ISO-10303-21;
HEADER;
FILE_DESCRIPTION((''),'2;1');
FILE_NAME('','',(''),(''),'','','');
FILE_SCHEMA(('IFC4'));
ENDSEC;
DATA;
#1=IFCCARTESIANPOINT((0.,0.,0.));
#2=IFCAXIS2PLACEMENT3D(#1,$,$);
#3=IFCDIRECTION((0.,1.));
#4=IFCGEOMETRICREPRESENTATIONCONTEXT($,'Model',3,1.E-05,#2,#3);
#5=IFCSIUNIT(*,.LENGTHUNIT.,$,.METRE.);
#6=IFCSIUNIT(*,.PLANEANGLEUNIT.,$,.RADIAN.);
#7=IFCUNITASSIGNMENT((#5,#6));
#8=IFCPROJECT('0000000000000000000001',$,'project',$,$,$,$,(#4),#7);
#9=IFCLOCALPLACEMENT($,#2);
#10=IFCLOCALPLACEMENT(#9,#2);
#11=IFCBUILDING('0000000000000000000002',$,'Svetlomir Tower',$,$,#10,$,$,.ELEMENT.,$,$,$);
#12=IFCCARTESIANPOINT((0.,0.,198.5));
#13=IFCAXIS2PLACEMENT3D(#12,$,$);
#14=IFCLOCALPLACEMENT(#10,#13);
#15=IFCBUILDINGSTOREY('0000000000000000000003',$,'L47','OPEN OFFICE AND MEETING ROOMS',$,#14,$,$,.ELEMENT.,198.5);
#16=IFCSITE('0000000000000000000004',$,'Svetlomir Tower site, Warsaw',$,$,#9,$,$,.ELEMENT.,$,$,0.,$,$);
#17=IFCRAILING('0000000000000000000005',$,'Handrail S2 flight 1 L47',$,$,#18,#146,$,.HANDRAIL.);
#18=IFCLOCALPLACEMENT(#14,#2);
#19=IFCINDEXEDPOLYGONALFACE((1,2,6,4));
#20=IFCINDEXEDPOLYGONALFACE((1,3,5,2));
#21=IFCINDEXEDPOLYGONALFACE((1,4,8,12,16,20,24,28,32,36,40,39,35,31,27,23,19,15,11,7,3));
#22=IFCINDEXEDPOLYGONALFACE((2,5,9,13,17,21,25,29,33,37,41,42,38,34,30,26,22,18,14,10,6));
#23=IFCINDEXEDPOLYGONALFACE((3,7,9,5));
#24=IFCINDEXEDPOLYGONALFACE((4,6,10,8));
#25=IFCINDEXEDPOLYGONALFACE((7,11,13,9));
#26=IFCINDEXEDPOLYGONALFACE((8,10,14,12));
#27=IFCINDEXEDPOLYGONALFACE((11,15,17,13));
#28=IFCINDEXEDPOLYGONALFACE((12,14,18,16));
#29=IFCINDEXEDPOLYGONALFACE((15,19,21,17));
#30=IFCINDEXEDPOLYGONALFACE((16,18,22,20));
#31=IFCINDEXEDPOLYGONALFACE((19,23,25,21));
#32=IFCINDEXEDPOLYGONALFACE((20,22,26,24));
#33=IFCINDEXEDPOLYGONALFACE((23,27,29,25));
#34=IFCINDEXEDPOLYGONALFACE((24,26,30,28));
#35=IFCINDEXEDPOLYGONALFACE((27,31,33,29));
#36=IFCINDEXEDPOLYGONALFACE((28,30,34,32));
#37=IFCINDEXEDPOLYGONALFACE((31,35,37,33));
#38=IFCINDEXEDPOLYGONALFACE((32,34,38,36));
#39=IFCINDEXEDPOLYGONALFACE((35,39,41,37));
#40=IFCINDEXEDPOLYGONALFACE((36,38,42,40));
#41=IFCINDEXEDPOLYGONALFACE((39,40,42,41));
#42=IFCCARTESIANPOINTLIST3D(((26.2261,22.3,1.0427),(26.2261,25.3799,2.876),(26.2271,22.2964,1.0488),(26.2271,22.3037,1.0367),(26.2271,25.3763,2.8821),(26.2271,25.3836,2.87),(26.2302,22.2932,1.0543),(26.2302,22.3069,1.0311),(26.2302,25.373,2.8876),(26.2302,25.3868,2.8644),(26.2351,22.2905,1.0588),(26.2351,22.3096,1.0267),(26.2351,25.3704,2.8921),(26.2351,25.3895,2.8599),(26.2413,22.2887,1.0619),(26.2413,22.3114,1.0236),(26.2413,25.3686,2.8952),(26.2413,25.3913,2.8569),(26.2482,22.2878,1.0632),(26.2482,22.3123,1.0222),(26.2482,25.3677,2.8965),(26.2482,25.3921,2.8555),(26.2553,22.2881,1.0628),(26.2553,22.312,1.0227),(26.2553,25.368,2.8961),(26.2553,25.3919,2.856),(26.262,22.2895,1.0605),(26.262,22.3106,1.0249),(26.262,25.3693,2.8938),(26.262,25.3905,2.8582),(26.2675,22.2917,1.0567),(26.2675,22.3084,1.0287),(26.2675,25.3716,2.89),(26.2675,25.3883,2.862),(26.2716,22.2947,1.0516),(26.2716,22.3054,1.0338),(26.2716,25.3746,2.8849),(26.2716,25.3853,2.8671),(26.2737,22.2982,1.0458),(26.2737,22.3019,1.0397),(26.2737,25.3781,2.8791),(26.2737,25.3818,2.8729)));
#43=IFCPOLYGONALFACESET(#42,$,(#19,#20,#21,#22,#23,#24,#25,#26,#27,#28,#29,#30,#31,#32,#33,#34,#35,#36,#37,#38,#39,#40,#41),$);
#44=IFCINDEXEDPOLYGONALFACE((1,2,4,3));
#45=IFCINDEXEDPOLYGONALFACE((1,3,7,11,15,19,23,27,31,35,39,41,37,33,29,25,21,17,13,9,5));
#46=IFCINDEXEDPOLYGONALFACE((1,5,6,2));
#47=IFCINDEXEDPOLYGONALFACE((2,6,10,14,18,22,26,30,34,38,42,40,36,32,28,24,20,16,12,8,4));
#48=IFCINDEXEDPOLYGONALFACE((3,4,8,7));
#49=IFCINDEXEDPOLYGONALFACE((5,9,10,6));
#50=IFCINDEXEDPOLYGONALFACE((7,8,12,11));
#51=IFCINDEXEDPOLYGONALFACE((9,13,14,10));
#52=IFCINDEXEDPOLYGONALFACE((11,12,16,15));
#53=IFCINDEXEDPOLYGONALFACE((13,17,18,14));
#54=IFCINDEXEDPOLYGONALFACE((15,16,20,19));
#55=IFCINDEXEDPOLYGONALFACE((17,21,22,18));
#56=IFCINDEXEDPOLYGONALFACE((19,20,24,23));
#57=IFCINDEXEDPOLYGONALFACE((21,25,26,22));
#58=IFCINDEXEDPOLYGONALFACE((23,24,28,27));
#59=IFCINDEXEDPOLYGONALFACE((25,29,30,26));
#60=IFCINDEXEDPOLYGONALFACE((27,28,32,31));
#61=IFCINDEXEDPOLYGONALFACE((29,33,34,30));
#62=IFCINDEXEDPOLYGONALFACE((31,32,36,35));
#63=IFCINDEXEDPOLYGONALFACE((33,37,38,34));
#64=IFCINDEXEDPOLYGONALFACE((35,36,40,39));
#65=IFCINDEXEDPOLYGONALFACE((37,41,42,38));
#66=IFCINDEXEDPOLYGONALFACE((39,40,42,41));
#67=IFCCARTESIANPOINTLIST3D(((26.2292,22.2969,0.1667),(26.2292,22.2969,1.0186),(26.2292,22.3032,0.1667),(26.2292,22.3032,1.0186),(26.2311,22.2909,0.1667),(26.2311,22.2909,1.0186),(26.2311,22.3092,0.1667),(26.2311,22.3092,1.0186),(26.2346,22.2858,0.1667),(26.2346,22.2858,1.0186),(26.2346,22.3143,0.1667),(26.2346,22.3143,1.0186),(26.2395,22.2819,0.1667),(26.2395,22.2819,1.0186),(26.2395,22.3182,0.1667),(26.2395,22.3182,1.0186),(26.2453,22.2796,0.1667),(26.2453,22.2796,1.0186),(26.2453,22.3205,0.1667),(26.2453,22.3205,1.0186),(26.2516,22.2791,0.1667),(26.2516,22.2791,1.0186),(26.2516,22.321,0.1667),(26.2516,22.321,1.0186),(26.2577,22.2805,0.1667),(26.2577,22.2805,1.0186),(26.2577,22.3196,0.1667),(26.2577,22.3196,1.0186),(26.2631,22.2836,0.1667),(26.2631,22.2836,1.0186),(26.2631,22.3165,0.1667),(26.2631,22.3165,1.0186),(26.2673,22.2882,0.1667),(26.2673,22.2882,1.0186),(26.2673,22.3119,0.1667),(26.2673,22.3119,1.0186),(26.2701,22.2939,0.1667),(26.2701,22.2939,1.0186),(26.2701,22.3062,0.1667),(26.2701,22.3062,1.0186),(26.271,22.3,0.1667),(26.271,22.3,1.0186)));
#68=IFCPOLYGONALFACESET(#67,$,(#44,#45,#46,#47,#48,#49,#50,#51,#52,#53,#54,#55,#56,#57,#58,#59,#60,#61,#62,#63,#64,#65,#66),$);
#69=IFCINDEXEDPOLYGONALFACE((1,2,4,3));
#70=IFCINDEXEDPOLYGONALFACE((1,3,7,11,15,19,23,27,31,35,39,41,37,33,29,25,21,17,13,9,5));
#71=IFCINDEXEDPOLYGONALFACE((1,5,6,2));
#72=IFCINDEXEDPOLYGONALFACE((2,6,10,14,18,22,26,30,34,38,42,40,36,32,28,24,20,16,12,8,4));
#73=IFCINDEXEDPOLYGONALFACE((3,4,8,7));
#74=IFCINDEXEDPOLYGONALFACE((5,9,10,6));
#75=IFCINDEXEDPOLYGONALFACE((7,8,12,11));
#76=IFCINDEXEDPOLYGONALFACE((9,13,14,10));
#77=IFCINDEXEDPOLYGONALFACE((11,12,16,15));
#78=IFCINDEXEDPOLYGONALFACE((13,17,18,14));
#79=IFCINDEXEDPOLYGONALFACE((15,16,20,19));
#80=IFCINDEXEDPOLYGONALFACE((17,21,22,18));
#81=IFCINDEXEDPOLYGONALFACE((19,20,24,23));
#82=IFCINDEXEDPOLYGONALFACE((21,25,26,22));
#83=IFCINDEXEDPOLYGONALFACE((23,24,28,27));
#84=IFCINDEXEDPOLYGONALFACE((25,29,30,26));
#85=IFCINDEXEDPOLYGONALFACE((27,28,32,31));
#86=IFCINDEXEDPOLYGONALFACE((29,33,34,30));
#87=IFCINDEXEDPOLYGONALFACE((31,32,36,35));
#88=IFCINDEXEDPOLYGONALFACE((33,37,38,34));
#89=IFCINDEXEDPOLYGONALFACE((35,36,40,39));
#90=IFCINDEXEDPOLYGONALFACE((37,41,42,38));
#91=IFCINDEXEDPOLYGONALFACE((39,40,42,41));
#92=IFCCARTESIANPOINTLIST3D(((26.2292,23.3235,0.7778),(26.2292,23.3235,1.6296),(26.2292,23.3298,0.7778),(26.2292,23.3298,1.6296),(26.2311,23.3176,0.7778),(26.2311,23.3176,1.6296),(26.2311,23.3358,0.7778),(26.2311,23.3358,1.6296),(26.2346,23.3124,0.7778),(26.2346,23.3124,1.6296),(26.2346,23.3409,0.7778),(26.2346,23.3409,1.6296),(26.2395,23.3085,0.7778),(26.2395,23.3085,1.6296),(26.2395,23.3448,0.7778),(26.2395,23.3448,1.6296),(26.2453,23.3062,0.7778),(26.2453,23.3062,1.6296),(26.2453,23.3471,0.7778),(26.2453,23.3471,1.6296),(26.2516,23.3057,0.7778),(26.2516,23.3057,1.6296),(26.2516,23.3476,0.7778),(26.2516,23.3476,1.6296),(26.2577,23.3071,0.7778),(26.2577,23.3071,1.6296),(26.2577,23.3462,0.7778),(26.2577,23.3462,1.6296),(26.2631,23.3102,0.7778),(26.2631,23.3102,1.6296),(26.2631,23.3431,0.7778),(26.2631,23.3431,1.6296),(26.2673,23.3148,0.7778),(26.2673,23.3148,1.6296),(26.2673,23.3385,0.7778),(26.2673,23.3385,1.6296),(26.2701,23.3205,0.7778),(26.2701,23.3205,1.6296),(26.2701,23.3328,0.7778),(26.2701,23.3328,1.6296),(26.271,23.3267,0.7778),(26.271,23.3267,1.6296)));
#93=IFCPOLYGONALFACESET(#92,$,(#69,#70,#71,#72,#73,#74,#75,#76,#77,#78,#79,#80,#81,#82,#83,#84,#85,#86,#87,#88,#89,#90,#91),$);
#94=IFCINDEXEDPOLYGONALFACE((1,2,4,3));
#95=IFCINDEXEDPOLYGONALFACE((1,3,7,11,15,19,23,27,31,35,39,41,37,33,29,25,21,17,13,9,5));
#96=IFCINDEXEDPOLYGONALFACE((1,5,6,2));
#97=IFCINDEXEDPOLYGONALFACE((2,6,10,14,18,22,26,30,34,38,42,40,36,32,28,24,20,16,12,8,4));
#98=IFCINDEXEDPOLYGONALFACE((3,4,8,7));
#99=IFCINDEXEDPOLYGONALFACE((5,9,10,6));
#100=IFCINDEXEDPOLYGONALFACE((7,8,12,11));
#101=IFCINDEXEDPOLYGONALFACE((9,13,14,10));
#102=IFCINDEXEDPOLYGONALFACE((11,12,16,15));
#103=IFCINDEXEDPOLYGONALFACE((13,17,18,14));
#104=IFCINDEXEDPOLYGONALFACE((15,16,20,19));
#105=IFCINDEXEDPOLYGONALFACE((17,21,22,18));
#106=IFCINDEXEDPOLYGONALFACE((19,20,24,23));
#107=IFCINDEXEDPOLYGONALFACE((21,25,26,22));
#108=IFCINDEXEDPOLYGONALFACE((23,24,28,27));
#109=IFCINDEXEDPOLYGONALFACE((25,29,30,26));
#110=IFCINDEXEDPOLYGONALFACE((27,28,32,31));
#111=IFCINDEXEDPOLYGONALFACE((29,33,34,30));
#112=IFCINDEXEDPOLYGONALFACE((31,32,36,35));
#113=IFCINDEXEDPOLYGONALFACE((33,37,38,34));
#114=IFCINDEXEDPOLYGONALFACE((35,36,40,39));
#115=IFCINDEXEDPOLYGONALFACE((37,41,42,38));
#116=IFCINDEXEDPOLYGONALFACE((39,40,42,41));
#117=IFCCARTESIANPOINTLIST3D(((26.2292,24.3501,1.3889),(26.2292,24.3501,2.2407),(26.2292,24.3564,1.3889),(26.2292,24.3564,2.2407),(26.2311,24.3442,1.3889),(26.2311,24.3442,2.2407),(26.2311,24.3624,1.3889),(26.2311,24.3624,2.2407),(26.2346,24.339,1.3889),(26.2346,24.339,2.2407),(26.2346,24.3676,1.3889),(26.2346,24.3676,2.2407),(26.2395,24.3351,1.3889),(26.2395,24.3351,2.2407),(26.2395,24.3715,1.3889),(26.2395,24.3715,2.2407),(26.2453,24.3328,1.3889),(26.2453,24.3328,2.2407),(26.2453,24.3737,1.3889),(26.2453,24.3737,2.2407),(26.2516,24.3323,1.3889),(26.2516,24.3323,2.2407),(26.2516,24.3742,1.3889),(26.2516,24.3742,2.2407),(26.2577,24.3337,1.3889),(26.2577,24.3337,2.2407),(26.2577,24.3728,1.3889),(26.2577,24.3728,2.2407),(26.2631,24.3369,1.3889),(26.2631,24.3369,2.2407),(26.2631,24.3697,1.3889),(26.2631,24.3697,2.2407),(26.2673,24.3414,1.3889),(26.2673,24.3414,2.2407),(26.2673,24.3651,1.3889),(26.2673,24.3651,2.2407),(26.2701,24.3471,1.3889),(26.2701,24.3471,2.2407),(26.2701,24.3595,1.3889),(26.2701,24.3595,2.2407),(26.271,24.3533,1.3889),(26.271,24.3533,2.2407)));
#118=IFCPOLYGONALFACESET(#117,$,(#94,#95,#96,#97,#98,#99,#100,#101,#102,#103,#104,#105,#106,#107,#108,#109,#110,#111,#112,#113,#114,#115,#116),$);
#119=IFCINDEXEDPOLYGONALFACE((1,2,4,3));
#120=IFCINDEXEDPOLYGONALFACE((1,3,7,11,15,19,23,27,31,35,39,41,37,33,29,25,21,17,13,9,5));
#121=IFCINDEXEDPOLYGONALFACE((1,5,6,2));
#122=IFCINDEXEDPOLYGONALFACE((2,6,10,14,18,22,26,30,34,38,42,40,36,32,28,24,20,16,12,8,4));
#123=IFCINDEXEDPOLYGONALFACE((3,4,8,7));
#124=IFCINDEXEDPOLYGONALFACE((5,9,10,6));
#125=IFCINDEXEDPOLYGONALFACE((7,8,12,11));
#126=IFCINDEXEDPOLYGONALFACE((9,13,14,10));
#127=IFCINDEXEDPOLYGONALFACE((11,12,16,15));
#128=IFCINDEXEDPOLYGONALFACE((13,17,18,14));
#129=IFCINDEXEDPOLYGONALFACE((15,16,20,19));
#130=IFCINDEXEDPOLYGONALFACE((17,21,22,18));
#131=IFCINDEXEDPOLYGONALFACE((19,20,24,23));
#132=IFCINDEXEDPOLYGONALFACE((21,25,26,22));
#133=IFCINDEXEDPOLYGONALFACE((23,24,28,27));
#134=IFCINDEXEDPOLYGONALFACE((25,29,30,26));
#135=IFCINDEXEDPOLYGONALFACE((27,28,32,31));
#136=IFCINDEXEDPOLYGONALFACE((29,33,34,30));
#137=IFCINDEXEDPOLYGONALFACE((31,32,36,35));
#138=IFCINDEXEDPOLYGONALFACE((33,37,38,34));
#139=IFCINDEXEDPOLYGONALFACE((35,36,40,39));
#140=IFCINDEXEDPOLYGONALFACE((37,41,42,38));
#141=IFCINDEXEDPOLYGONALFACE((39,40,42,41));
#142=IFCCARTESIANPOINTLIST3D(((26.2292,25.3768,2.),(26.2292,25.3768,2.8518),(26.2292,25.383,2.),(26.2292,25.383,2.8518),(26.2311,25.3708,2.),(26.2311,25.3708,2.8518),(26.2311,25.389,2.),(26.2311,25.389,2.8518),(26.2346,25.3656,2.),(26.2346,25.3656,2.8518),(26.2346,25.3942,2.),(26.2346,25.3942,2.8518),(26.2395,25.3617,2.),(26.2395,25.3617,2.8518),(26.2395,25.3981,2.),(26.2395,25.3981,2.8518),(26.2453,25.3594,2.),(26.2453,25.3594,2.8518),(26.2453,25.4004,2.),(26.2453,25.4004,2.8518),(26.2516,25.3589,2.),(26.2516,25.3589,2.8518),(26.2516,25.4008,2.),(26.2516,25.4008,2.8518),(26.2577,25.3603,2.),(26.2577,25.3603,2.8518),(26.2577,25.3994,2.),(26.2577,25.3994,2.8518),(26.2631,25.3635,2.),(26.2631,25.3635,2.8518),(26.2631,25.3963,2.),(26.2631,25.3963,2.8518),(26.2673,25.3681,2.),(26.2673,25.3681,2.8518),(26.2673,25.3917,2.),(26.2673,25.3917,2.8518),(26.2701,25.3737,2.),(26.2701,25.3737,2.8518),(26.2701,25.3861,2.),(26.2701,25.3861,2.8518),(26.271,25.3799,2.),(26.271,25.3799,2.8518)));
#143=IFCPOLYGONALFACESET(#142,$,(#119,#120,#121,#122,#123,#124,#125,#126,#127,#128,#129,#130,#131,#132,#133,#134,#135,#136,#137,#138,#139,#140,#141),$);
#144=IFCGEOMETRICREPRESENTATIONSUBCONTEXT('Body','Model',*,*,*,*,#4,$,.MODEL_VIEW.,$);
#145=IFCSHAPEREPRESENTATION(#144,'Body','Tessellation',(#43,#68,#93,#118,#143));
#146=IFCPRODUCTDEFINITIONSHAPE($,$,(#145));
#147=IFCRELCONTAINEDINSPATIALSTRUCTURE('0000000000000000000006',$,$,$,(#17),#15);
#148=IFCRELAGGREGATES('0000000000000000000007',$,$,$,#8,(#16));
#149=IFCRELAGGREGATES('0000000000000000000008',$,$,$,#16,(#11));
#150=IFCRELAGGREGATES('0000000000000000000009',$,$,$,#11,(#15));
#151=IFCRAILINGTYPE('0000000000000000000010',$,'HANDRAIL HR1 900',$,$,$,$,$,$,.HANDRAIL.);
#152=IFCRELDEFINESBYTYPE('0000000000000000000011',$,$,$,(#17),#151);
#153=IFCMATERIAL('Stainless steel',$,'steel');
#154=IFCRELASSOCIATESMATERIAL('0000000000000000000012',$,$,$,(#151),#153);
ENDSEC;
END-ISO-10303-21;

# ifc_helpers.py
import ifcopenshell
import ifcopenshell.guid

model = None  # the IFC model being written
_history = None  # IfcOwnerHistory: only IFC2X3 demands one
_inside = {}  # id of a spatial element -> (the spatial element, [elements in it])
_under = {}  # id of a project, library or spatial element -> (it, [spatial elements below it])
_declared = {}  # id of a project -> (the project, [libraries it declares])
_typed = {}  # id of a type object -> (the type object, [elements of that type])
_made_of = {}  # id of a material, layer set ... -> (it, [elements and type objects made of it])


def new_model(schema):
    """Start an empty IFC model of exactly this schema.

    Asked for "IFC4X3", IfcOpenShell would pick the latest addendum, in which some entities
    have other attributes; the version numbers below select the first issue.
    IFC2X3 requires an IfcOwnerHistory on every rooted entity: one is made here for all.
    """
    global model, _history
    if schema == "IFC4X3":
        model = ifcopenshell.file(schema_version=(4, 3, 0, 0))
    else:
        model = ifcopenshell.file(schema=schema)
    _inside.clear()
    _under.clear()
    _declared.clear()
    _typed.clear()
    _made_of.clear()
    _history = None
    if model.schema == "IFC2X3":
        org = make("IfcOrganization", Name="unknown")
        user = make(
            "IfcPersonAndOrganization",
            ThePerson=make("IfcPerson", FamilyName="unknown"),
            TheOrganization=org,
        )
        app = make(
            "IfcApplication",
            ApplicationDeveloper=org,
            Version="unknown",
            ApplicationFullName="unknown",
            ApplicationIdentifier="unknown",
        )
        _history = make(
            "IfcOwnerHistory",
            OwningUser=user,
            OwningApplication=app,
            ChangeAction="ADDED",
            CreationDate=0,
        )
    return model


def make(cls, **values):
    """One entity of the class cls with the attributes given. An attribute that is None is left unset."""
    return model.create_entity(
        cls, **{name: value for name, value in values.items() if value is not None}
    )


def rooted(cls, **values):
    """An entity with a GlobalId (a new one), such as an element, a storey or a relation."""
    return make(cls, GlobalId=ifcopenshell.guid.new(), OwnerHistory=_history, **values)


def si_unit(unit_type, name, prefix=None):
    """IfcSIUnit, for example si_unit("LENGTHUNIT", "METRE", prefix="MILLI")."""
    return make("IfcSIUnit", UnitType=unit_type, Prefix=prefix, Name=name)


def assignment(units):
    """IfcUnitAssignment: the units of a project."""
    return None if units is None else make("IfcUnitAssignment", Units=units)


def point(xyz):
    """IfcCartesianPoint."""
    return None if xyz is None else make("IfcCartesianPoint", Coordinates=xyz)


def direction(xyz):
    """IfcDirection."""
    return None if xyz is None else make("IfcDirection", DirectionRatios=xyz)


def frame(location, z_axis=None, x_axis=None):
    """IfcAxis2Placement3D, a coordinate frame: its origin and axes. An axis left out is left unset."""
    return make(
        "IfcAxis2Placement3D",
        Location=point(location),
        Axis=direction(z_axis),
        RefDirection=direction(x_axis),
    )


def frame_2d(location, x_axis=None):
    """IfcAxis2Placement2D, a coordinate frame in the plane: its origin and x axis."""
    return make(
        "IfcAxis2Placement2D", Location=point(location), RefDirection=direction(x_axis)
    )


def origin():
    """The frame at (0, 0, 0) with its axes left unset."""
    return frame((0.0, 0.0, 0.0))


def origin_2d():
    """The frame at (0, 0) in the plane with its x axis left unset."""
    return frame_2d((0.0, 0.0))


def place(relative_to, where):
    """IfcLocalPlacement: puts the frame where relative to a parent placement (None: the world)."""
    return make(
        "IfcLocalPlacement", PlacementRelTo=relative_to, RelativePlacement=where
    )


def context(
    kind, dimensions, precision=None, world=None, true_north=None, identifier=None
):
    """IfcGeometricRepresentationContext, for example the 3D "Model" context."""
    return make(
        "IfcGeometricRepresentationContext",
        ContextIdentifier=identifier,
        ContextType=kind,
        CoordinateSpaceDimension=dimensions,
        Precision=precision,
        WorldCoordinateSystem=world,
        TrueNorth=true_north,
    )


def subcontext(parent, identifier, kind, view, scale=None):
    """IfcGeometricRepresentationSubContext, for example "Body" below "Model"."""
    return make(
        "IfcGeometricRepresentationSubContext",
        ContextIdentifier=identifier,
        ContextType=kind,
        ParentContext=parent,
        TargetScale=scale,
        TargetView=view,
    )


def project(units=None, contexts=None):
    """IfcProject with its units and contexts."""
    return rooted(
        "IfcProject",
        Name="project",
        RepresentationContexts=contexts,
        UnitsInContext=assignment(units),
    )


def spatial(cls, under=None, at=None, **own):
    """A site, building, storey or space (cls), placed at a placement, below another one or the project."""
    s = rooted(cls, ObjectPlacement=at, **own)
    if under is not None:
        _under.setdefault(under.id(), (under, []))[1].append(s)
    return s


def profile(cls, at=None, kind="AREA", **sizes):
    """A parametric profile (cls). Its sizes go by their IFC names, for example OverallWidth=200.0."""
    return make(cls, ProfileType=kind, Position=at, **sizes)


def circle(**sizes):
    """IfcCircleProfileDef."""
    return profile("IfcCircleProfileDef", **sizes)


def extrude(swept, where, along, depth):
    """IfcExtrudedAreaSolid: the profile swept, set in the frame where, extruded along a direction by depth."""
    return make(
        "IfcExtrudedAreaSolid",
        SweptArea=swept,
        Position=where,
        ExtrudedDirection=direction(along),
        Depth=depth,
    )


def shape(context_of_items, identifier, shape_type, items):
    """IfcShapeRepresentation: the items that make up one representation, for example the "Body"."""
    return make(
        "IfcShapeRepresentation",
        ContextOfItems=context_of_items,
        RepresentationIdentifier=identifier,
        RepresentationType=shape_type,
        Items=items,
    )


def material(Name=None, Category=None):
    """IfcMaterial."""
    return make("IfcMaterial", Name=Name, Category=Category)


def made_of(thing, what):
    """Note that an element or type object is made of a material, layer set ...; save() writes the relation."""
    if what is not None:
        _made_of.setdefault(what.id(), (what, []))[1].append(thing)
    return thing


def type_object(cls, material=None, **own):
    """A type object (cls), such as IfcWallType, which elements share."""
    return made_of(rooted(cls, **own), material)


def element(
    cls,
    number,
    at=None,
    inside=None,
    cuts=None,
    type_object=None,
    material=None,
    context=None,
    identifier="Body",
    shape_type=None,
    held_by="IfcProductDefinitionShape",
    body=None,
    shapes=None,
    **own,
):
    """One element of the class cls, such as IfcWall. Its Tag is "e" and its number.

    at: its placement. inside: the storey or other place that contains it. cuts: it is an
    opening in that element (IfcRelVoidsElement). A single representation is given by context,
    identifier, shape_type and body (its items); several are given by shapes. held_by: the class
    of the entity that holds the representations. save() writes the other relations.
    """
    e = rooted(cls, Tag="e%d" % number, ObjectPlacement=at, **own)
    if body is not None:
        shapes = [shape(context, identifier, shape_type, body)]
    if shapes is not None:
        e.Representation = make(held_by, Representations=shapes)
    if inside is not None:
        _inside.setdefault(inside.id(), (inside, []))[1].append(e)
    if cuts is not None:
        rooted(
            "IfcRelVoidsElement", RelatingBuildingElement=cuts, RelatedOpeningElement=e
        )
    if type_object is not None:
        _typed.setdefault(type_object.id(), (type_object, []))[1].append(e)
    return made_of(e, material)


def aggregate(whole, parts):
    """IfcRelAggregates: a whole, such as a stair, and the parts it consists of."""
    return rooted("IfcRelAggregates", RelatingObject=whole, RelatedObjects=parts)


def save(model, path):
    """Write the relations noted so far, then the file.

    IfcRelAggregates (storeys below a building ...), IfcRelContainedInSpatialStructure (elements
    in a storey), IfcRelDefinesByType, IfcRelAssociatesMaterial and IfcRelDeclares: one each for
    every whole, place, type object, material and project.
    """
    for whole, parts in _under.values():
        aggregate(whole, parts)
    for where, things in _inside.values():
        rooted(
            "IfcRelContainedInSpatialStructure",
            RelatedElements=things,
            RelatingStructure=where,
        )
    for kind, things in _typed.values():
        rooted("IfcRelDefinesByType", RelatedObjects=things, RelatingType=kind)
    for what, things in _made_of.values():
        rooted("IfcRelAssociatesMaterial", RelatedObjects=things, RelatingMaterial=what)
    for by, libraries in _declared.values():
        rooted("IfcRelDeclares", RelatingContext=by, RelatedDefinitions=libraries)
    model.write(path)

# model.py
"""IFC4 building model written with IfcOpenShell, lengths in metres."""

from ifc_helpers import new_model, si_unit, direction, frame, origin, origin_2d, place, context, subcontext, project, spatial, circle, extrude, material, type_object, element, save


model = new_model("IFC4")

# Units and contexts
model_context = context("Model", 3, precision=1e-05, world=origin(), true_north=direction((0.0, 1.0)))
body_context = subcontext(model_context, "Body", "Model", "MODEL_VIEW")
ifc_project = project(units=[si_unit("LENGTHUNIT", "METRE"), si_unit("PLANEANGLEUNIT", "RADIAN")], contexts=[model_context])

# Site, building, storey
site_placement = place(None, origin())
site = spatial("IfcSite", under=ifc_project, at=site_placement, Name="Svetlomir Tower site, Warsaw", CompositionType="ELEMENT", RefElevation=0.0)
building_placement = place(site_placement, origin())
building = spatial("IfcBuilding", under=site, at=building_placement, Name="Svetlomir Tower", CompositionType="ELEMENT")
storey_placement = place(building_placement, frame((0.0, 0.0, 198.5)))
storey = spatial("IfcBuildingStorey", under=building, at=storey_placement, Name="L47", Description="OPEN OFFICE AND MEETING ROOMS", CompositionType="ELEMENT", Elevation=198.5)

# Railing
ifc_material_1 = material(Name="Stainless steel", Category="steel")
railing_type = type_object("IfcRailingType", Name="HANDRAIL HR1 900", PredefinedType="HANDRAIL", material=ifc_material_1)
railing_placement = place(storey_placement, frame((26.25, 22.3, 0.1667)))
element("IfcRailing", 1, at=railing_placement, inside=storey, type_object=railing_type, Name="Handrail S2 flight 1 L47", PredefinedType="HANDRAIL", context=body_context, shape_type="SweptSolid", body=[
    extrude(circle(Radius=0.0239, at=origin_2d()), frame((0.0, 0.0, 0.876), z_axis=(0.0, 0.859291, 0.511487), x_axis=(-1.0, 0.0, 0.0)), (0.0, 0.0, 1.0), 3.5842),
    extrude(circle(Radius=0.021, at=origin_2d()), origin(), (0.0, 0.0, 1.0), 0.8518),
    extrude(circle(Radius=0.021, at=origin_2d()), frame((0.0, 1.0266, 0.6111)), (0.0, 0.0, 1.0), 0.8518),
    extrude(circle(Radius=0.021, at=origin_2d()), frame((0.0, 2.0532, 1.2222)), (0.0, 0.0, 1.0), 0.8518),
    extrude(circle(Radius=0.021, at=origin_2d()), frame((0.0, 3.0798, 1.8333)), (0.0, 0.0, 1.0), 0.8518),
])

save(model, "model.ifc")
